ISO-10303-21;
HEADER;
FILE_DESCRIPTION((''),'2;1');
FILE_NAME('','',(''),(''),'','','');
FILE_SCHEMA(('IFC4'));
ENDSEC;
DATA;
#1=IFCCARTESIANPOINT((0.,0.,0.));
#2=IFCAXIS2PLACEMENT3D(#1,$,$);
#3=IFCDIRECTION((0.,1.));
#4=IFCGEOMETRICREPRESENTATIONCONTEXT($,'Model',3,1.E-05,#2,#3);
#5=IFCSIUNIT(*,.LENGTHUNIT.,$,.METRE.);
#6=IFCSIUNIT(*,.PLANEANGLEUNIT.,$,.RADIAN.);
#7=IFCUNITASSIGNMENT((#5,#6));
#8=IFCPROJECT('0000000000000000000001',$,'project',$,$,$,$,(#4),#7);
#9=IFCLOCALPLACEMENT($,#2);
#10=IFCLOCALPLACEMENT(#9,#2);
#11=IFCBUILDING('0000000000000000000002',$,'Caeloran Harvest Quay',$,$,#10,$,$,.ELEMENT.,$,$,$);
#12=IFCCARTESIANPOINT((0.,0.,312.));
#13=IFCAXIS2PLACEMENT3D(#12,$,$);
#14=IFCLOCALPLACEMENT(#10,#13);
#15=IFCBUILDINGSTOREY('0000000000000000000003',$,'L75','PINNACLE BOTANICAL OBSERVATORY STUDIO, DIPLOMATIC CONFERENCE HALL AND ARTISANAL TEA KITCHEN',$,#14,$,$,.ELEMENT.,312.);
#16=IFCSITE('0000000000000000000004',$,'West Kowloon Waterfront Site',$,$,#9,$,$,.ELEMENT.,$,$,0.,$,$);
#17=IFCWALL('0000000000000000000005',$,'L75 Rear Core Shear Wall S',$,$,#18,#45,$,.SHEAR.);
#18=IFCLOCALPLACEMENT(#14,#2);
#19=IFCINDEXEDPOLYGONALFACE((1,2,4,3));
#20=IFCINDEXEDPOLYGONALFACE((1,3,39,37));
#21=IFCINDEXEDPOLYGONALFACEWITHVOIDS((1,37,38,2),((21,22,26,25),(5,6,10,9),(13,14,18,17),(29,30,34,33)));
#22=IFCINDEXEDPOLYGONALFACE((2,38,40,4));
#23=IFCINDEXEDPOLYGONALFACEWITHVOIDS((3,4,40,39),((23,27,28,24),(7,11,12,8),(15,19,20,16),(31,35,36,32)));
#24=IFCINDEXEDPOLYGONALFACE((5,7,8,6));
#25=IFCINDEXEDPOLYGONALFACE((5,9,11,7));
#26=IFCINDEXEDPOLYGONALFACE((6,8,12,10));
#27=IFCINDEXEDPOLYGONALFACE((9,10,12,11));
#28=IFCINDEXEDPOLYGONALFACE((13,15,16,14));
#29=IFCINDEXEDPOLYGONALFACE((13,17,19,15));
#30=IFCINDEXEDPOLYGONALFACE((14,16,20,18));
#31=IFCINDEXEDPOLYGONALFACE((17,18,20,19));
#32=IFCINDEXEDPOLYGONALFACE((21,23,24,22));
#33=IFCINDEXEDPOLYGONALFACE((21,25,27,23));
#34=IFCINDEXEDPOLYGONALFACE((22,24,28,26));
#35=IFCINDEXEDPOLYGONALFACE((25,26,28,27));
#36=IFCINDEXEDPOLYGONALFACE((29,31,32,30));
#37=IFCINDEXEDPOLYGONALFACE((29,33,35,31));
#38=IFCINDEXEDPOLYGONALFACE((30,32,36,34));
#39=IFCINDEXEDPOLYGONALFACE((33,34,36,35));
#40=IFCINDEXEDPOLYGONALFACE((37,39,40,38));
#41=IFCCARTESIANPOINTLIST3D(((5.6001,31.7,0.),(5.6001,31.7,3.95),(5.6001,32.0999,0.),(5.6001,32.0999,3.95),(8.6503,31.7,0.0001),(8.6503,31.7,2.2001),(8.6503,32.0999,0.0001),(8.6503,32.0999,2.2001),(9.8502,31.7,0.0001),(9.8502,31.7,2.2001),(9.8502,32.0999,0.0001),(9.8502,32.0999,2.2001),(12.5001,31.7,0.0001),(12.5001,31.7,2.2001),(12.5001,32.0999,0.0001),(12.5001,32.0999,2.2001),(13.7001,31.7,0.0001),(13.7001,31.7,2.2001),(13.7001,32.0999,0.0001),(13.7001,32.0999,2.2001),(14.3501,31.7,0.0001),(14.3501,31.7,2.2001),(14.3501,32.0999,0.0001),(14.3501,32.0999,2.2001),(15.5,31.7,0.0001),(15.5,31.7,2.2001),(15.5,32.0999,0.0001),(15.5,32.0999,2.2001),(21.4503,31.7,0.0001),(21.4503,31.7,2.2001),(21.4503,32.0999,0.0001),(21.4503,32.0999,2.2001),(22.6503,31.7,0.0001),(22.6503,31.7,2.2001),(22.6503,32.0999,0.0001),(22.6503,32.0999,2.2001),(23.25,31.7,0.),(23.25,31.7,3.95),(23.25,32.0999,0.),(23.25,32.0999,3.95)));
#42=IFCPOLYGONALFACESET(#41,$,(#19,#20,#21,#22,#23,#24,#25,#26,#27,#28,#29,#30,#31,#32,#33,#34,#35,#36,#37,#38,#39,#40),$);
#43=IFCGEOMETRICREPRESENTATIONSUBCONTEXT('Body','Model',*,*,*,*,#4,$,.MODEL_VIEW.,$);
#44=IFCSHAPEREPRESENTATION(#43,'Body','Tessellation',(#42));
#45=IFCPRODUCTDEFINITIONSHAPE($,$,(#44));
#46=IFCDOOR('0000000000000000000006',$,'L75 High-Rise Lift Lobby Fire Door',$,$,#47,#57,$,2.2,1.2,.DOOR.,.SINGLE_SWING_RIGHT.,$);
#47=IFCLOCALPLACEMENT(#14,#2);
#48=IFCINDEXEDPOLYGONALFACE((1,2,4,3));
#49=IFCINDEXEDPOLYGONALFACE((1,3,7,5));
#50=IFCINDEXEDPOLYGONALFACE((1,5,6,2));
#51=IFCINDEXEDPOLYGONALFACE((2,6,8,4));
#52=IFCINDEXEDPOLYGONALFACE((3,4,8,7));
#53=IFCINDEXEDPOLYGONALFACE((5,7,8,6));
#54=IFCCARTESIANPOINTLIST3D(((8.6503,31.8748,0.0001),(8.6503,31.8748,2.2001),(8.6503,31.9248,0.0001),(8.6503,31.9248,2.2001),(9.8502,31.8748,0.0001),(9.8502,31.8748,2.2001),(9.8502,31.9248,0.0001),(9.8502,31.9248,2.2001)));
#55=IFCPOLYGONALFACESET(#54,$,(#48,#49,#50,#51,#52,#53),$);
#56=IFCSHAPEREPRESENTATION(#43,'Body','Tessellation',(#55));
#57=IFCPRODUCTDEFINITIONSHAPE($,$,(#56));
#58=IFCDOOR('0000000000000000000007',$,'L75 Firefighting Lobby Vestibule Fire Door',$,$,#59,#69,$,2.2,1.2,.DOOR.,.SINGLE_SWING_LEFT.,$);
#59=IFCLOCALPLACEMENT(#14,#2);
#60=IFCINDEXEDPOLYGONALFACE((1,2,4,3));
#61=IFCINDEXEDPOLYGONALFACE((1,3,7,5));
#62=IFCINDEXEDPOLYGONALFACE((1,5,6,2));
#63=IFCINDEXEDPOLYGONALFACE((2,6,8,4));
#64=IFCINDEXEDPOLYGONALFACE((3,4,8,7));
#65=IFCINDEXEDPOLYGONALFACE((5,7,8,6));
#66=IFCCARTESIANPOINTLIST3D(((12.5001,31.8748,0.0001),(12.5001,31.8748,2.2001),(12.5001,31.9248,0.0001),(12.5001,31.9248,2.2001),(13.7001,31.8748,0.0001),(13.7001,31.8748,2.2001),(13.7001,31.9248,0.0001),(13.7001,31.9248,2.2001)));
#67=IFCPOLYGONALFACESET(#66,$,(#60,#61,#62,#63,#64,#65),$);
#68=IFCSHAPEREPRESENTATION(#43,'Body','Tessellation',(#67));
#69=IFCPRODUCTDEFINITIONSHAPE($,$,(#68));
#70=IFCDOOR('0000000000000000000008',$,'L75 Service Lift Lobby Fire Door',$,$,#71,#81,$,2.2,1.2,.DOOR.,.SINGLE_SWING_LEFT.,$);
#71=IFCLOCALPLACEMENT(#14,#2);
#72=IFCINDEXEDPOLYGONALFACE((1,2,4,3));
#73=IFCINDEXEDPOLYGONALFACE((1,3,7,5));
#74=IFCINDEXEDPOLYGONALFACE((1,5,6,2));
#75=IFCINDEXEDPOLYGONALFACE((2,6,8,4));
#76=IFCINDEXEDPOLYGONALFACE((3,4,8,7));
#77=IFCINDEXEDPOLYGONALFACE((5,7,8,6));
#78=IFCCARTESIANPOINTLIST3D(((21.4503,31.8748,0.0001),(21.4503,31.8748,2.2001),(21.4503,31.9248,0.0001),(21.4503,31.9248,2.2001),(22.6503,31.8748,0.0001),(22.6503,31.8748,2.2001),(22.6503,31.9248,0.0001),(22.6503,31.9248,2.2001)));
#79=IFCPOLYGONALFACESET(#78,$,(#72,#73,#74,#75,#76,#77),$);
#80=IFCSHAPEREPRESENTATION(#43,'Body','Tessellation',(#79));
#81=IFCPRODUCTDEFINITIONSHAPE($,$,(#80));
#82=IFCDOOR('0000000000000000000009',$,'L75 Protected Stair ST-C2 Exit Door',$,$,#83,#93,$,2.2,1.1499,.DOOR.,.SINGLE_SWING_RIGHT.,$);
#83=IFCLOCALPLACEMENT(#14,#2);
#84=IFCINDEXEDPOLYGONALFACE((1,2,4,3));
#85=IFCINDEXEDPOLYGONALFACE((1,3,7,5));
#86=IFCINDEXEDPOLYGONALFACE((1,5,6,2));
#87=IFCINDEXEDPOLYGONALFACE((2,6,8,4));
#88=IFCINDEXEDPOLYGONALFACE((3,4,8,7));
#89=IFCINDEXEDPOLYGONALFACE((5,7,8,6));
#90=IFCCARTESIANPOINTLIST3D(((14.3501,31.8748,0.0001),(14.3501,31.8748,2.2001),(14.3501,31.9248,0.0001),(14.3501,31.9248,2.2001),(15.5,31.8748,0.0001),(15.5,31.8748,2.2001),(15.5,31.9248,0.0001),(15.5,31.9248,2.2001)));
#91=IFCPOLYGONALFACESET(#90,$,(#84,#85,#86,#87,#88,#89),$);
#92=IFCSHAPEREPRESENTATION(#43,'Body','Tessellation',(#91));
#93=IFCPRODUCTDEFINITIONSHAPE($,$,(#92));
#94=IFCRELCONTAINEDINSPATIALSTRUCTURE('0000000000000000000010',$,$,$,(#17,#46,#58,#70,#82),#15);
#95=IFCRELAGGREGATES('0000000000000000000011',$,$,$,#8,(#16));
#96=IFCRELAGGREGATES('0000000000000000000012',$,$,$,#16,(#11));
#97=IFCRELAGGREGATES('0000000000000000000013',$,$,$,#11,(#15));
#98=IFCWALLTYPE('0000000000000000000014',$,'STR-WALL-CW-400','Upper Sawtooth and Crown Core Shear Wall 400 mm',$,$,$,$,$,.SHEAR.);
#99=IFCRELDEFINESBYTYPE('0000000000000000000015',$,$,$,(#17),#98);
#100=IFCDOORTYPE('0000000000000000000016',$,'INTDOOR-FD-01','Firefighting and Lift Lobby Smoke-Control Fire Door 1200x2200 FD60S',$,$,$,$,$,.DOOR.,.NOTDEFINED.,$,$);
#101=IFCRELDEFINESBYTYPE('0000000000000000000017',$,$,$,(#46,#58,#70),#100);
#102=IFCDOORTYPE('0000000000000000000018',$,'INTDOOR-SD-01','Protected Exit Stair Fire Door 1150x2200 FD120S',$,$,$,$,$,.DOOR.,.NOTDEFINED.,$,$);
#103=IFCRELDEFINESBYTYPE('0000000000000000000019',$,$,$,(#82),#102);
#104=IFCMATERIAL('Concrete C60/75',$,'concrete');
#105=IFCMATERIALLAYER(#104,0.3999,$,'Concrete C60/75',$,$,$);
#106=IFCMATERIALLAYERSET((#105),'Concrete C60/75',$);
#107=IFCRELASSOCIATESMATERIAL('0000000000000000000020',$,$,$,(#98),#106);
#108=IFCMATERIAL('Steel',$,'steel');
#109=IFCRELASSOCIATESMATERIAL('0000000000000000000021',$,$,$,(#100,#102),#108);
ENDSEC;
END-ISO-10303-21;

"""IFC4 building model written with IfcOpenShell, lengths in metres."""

from ifc_helpers import new_model, si_unit, direction, frame, frame_2d, origin, place, context, subcontext, project, spatial, rectangle, extrude, material, layer, layer_set, type_object, element, fill, save


model = new_model("IFC4")

# Units and contexts
model_context = context("Model", 3, precision=1e-05, world=origin(), true_north=direction((0.0, 1.0)))
body_context = subcontext(model_context, "Body", "Model", "MODEL_VIEW")
ifc_project = project(units=[si_unit("LENGTHUNIT", "METRE"), si_unit("PLANEANGLEUNIT", "RADIAN")], contexts=[model_context])

# Site, building, storey
site_placement = place(None, origin())
site = spatial("IfcSite", under=ifc_project, at=site_placement, Name="West Kowloon Waterfront Site", CompositionType="ELEMENT", RefElevation=0.0)
building_placement = place(site_placement, origin())
building = spatial("IfcBuilding", under=site, at=building_placement, Name="Caeloran Harvest Quay", CompositionType="ELEMENT")
storey_placement = place(building_placement, frame((0.0, 0.0, 312.0)))
storey = spatial("IfcBuildingStorey", under=building, at=storey_placement, Name="L75", Description="PINNACLE BOTANICAL OBSERVATORY STUDIO, DIPLOMATIC CONFERENCE HALL AND ARTISANAL TEA KITCHEN", CompositionType="ELEMENT", Elevation=312.0)

# Wall, openings, doors
ifc_material_1 = material(Name="Concrete C60/75", Category="concrete")
ifc_layer_1 = layer(ifc_material_1, 0.3999, Name="Concrete C60/75")
ifc_layer_set_1 = layer_set([ifc_layer_1], Name="Concrete C60/75")
wall_type_1 = type_object("IfcWallType", Name="STR-WALL-CW-400", Description="Upper Sawtooth and Crown Core Shear Wall 400 mm", PredefinedType="SHEAR", material=ifc_layer_set_1)
wall_1_placement = place(storey_placement, frame((5.6001, 31.8999, 0.0), z_axis=(0.0, 0.0, 1.0), x_axis=(1.0, 0.0, 0.0)))
wall_1 = element("IfcWall", 1, at=wall_1_placement, inside=storey, type_object=wall_type_1, Name="L75 Rear Core Shear Wall S", PredefinedType="SHEAR", context=body_context, shape_type="SweptSolid", body=[
    extrude(rectangle(XDim=17.6499, YDim=0.3999, at=frame_2d((8.825, 0.0))), origin(), (0.0, 0.0, 1.0), 3.95),
])
opening_1_placement = place(wall_1_placement, frame((3.05, 0.0, 0.0)))
opening_1 = element("IfcOpeningElement", 2, at=opening_1_placement, cuts=wall_1, PredefinedType="OPENING", context=body_context, shape_type="SweptSolid", body=[
    extrude(rectangle(XDim=1.2, YDim=2.2, at=frame_2d((0.6001, 1.1001))), frame((0.0, 0.21, 0.0), z_axis=(0.0, -1.0, 0.0), x_axis=(1.0, 0.0, 0.0)), (0.0, 0.0, 1.0), 0.4199),
])
opening_2_placement = place(wall_1_placement, frame((6.8999, 0.0, 0.0)))
opening_2 = element("IfcOpeningElement", 3, at=opening_2_placement, cuts=wall_1, PredefinedType="OPENING", context=body_context, shape_type="SweptSolid", body=[
    extrude(rectangle(XDim=1.2, YDim=2.2, at=frame_2d((0.6001, 1.1001))), frame((0.0, 0.21, 0.0), z_axis=(0.0, -1.0, 0.0), x_axis=(1.0, 0.0, 0.0)), (0.0, 0.0, 1.0), 0.4199),
])
opening_3_placement = place(wall_1_placement, frame((8.75, 0.0, 0.0)))
opening_3 = element("IfcOpeningElement", 4, at=opening_3_placement, cuts=wall_1, PredefinedType="OPENING", context=body_context, shape_type="SweptSolid", body=[
    extrude(rectangle(XDim=1.1499, YDim=2.2, at=frame_2d((0.575, 1.1001))), frame((0.0, 0.21, 0.0), z_axis=(0.0, -1.0, 0.0), x_axis=(1.0, 0.0, 0.0)), (0.0, 0.0, 1.0), 0.4199),
])
opening_4_placement = place(wall_1_placement, frame((15.8501, 0.0, 0.0)))
opening_4 = element("IfcOpeningElement", 5, at=opening_4_placement, cuts=wall_1, PredefinedType="OPENING", context=body_context, shape_type="SweptSolid", body=[
    extrude(rectangle(XDim=1.2, YDim=2.2, at=frame_2d((0.6001, 1.1001))), frame((0.0, 0.21, 0.0), z_axis=(0.0, -1.0, 0.0), x_axis=(1.0, 0.0, 0.0)), (0.0, 0.0, 1.0), 0.4199),
])
ifc_material_2 = material(Name="Steel", Category="steel")
door_type_1 = type_object("IfcDoorType", Name="INTDOOR-FD-01", Description="Firefighting and Lift Lobby Smoke-Control Fire Door 1200x2200 FD60S", OperationType="NOTDEFINED", PredefinedType="DOOR", material=ifc_material_2)
door_1_placement = place(opening_1_placement, origin())
door_1 = element("IfcDoor", 6, at=door_1_placement, inside=storey, type_object=door_type_1, Name="L75 High-Rise Lift Lobby Fire Door", OperationType="SINGLE_SWING_RIGHT", OverallHeight=2.2, OverallWidth=1.2, PredefinedType="DOOR", context=body_context, shape_type="SweptSolid", body=[
    extrude(rectangle(XDim=1.2, YDim=2.2, at=frame_2d((0.6001, 1.1001))), frame((0.0, 0.0249, 0.0), z_axis=(0.0, -1.0, 0.0), x_axis=(1.0, 0.0, 0.0)), (0.0, 0.0, 1.0), 0.05),
])
fill(opening_1, door_1)
door_2_placement = place(opening_2_placement, origin())
door_2 = element("IfcDoor", 7, at=door_2_placement, inside=storey, type_object=door_type_1, Name="L75 Firefighting Lobby Vestibule Fire Door", OperationType="SINGLE_SWING_LEFT", OverallHeight=2.2, OverallWidth=1.2, PredefinedType="DOOR", context=body_context, shape_type="SweptSolid", body=[
    extrude(rectangle(XDim=1.2, YDim=2.2, at=frame_2d((0.6001, 1.1001))), frame((0.0, 0.0249, 0.0), z_axis=(0.0, -1.0, 0.0), x_axis=(1.0, 0.0, 0.0)), (0.0, 0.0, 1.0), 0.05),
])
fill(opening_2, door_2)
door_3_placement = place(opening_4_placement, origin())
door_3 = element("IfcDoor", 8, at=door_3_placement, inside=storey, type_object=door_type_1, Name="L75 Service Lift Lobby Fire Door", OperationType="SINGLE_SWING_LEFT", OverallHeight=2.2, OverallWidth=1.2, PredefinedType="DOOR", context=body_context, shape_type="SweptSolid", body=[
    extrude(rectangle(XDim=1.2, YDim=2.2, at=frame_2d((0.6001, 1.1001))), frame((0.0, 0.0249, 0.0), z_axis=(0.0, -1.0, 0.0), x_axis=(1.0, 0.0, 0.0)), (0.0, 0.0, 1.0), 0.05),
])
fill(opening_4, door_3)
door_type_2 = type_object("IfcDoorType", Name="INTDOOR-SD-01", Description="Protected Exit Stair Fire Door 1150x2200 FD120S", OperationType="NOTDEFINED", PredefinedType="DOOR", material=ifc_material_2)
door_4_placement = place(opening_3_placement, origin())
door_4 = element("IfcDoor", 9, at=door_4_placement, inside=storey, type_object=door_type_2, Name="L75 Protected Stair ST-C2 Exit Door", OperationType="SINGLE_SWING_RIGHT", OverallHeight=2.2, OverallWidth=1.1499, PredefinedType="DOOR", context=body_context, shape_type="SweptSolid", body=[
    extrude(rectangle(XDim=1.1499, YDim=2.2, at=frame_2d((0.575, 1.1001))), frame((0.0, 0.0249, 0.0), z_axis=(0.0, -1.0, 0.0), x_axis=(1.0, 0.0, 0.0)), (0.0, 0.0, 1.0), 0.05),
])
fill(opening_3, door_4)

save(model, "model.ifc")
